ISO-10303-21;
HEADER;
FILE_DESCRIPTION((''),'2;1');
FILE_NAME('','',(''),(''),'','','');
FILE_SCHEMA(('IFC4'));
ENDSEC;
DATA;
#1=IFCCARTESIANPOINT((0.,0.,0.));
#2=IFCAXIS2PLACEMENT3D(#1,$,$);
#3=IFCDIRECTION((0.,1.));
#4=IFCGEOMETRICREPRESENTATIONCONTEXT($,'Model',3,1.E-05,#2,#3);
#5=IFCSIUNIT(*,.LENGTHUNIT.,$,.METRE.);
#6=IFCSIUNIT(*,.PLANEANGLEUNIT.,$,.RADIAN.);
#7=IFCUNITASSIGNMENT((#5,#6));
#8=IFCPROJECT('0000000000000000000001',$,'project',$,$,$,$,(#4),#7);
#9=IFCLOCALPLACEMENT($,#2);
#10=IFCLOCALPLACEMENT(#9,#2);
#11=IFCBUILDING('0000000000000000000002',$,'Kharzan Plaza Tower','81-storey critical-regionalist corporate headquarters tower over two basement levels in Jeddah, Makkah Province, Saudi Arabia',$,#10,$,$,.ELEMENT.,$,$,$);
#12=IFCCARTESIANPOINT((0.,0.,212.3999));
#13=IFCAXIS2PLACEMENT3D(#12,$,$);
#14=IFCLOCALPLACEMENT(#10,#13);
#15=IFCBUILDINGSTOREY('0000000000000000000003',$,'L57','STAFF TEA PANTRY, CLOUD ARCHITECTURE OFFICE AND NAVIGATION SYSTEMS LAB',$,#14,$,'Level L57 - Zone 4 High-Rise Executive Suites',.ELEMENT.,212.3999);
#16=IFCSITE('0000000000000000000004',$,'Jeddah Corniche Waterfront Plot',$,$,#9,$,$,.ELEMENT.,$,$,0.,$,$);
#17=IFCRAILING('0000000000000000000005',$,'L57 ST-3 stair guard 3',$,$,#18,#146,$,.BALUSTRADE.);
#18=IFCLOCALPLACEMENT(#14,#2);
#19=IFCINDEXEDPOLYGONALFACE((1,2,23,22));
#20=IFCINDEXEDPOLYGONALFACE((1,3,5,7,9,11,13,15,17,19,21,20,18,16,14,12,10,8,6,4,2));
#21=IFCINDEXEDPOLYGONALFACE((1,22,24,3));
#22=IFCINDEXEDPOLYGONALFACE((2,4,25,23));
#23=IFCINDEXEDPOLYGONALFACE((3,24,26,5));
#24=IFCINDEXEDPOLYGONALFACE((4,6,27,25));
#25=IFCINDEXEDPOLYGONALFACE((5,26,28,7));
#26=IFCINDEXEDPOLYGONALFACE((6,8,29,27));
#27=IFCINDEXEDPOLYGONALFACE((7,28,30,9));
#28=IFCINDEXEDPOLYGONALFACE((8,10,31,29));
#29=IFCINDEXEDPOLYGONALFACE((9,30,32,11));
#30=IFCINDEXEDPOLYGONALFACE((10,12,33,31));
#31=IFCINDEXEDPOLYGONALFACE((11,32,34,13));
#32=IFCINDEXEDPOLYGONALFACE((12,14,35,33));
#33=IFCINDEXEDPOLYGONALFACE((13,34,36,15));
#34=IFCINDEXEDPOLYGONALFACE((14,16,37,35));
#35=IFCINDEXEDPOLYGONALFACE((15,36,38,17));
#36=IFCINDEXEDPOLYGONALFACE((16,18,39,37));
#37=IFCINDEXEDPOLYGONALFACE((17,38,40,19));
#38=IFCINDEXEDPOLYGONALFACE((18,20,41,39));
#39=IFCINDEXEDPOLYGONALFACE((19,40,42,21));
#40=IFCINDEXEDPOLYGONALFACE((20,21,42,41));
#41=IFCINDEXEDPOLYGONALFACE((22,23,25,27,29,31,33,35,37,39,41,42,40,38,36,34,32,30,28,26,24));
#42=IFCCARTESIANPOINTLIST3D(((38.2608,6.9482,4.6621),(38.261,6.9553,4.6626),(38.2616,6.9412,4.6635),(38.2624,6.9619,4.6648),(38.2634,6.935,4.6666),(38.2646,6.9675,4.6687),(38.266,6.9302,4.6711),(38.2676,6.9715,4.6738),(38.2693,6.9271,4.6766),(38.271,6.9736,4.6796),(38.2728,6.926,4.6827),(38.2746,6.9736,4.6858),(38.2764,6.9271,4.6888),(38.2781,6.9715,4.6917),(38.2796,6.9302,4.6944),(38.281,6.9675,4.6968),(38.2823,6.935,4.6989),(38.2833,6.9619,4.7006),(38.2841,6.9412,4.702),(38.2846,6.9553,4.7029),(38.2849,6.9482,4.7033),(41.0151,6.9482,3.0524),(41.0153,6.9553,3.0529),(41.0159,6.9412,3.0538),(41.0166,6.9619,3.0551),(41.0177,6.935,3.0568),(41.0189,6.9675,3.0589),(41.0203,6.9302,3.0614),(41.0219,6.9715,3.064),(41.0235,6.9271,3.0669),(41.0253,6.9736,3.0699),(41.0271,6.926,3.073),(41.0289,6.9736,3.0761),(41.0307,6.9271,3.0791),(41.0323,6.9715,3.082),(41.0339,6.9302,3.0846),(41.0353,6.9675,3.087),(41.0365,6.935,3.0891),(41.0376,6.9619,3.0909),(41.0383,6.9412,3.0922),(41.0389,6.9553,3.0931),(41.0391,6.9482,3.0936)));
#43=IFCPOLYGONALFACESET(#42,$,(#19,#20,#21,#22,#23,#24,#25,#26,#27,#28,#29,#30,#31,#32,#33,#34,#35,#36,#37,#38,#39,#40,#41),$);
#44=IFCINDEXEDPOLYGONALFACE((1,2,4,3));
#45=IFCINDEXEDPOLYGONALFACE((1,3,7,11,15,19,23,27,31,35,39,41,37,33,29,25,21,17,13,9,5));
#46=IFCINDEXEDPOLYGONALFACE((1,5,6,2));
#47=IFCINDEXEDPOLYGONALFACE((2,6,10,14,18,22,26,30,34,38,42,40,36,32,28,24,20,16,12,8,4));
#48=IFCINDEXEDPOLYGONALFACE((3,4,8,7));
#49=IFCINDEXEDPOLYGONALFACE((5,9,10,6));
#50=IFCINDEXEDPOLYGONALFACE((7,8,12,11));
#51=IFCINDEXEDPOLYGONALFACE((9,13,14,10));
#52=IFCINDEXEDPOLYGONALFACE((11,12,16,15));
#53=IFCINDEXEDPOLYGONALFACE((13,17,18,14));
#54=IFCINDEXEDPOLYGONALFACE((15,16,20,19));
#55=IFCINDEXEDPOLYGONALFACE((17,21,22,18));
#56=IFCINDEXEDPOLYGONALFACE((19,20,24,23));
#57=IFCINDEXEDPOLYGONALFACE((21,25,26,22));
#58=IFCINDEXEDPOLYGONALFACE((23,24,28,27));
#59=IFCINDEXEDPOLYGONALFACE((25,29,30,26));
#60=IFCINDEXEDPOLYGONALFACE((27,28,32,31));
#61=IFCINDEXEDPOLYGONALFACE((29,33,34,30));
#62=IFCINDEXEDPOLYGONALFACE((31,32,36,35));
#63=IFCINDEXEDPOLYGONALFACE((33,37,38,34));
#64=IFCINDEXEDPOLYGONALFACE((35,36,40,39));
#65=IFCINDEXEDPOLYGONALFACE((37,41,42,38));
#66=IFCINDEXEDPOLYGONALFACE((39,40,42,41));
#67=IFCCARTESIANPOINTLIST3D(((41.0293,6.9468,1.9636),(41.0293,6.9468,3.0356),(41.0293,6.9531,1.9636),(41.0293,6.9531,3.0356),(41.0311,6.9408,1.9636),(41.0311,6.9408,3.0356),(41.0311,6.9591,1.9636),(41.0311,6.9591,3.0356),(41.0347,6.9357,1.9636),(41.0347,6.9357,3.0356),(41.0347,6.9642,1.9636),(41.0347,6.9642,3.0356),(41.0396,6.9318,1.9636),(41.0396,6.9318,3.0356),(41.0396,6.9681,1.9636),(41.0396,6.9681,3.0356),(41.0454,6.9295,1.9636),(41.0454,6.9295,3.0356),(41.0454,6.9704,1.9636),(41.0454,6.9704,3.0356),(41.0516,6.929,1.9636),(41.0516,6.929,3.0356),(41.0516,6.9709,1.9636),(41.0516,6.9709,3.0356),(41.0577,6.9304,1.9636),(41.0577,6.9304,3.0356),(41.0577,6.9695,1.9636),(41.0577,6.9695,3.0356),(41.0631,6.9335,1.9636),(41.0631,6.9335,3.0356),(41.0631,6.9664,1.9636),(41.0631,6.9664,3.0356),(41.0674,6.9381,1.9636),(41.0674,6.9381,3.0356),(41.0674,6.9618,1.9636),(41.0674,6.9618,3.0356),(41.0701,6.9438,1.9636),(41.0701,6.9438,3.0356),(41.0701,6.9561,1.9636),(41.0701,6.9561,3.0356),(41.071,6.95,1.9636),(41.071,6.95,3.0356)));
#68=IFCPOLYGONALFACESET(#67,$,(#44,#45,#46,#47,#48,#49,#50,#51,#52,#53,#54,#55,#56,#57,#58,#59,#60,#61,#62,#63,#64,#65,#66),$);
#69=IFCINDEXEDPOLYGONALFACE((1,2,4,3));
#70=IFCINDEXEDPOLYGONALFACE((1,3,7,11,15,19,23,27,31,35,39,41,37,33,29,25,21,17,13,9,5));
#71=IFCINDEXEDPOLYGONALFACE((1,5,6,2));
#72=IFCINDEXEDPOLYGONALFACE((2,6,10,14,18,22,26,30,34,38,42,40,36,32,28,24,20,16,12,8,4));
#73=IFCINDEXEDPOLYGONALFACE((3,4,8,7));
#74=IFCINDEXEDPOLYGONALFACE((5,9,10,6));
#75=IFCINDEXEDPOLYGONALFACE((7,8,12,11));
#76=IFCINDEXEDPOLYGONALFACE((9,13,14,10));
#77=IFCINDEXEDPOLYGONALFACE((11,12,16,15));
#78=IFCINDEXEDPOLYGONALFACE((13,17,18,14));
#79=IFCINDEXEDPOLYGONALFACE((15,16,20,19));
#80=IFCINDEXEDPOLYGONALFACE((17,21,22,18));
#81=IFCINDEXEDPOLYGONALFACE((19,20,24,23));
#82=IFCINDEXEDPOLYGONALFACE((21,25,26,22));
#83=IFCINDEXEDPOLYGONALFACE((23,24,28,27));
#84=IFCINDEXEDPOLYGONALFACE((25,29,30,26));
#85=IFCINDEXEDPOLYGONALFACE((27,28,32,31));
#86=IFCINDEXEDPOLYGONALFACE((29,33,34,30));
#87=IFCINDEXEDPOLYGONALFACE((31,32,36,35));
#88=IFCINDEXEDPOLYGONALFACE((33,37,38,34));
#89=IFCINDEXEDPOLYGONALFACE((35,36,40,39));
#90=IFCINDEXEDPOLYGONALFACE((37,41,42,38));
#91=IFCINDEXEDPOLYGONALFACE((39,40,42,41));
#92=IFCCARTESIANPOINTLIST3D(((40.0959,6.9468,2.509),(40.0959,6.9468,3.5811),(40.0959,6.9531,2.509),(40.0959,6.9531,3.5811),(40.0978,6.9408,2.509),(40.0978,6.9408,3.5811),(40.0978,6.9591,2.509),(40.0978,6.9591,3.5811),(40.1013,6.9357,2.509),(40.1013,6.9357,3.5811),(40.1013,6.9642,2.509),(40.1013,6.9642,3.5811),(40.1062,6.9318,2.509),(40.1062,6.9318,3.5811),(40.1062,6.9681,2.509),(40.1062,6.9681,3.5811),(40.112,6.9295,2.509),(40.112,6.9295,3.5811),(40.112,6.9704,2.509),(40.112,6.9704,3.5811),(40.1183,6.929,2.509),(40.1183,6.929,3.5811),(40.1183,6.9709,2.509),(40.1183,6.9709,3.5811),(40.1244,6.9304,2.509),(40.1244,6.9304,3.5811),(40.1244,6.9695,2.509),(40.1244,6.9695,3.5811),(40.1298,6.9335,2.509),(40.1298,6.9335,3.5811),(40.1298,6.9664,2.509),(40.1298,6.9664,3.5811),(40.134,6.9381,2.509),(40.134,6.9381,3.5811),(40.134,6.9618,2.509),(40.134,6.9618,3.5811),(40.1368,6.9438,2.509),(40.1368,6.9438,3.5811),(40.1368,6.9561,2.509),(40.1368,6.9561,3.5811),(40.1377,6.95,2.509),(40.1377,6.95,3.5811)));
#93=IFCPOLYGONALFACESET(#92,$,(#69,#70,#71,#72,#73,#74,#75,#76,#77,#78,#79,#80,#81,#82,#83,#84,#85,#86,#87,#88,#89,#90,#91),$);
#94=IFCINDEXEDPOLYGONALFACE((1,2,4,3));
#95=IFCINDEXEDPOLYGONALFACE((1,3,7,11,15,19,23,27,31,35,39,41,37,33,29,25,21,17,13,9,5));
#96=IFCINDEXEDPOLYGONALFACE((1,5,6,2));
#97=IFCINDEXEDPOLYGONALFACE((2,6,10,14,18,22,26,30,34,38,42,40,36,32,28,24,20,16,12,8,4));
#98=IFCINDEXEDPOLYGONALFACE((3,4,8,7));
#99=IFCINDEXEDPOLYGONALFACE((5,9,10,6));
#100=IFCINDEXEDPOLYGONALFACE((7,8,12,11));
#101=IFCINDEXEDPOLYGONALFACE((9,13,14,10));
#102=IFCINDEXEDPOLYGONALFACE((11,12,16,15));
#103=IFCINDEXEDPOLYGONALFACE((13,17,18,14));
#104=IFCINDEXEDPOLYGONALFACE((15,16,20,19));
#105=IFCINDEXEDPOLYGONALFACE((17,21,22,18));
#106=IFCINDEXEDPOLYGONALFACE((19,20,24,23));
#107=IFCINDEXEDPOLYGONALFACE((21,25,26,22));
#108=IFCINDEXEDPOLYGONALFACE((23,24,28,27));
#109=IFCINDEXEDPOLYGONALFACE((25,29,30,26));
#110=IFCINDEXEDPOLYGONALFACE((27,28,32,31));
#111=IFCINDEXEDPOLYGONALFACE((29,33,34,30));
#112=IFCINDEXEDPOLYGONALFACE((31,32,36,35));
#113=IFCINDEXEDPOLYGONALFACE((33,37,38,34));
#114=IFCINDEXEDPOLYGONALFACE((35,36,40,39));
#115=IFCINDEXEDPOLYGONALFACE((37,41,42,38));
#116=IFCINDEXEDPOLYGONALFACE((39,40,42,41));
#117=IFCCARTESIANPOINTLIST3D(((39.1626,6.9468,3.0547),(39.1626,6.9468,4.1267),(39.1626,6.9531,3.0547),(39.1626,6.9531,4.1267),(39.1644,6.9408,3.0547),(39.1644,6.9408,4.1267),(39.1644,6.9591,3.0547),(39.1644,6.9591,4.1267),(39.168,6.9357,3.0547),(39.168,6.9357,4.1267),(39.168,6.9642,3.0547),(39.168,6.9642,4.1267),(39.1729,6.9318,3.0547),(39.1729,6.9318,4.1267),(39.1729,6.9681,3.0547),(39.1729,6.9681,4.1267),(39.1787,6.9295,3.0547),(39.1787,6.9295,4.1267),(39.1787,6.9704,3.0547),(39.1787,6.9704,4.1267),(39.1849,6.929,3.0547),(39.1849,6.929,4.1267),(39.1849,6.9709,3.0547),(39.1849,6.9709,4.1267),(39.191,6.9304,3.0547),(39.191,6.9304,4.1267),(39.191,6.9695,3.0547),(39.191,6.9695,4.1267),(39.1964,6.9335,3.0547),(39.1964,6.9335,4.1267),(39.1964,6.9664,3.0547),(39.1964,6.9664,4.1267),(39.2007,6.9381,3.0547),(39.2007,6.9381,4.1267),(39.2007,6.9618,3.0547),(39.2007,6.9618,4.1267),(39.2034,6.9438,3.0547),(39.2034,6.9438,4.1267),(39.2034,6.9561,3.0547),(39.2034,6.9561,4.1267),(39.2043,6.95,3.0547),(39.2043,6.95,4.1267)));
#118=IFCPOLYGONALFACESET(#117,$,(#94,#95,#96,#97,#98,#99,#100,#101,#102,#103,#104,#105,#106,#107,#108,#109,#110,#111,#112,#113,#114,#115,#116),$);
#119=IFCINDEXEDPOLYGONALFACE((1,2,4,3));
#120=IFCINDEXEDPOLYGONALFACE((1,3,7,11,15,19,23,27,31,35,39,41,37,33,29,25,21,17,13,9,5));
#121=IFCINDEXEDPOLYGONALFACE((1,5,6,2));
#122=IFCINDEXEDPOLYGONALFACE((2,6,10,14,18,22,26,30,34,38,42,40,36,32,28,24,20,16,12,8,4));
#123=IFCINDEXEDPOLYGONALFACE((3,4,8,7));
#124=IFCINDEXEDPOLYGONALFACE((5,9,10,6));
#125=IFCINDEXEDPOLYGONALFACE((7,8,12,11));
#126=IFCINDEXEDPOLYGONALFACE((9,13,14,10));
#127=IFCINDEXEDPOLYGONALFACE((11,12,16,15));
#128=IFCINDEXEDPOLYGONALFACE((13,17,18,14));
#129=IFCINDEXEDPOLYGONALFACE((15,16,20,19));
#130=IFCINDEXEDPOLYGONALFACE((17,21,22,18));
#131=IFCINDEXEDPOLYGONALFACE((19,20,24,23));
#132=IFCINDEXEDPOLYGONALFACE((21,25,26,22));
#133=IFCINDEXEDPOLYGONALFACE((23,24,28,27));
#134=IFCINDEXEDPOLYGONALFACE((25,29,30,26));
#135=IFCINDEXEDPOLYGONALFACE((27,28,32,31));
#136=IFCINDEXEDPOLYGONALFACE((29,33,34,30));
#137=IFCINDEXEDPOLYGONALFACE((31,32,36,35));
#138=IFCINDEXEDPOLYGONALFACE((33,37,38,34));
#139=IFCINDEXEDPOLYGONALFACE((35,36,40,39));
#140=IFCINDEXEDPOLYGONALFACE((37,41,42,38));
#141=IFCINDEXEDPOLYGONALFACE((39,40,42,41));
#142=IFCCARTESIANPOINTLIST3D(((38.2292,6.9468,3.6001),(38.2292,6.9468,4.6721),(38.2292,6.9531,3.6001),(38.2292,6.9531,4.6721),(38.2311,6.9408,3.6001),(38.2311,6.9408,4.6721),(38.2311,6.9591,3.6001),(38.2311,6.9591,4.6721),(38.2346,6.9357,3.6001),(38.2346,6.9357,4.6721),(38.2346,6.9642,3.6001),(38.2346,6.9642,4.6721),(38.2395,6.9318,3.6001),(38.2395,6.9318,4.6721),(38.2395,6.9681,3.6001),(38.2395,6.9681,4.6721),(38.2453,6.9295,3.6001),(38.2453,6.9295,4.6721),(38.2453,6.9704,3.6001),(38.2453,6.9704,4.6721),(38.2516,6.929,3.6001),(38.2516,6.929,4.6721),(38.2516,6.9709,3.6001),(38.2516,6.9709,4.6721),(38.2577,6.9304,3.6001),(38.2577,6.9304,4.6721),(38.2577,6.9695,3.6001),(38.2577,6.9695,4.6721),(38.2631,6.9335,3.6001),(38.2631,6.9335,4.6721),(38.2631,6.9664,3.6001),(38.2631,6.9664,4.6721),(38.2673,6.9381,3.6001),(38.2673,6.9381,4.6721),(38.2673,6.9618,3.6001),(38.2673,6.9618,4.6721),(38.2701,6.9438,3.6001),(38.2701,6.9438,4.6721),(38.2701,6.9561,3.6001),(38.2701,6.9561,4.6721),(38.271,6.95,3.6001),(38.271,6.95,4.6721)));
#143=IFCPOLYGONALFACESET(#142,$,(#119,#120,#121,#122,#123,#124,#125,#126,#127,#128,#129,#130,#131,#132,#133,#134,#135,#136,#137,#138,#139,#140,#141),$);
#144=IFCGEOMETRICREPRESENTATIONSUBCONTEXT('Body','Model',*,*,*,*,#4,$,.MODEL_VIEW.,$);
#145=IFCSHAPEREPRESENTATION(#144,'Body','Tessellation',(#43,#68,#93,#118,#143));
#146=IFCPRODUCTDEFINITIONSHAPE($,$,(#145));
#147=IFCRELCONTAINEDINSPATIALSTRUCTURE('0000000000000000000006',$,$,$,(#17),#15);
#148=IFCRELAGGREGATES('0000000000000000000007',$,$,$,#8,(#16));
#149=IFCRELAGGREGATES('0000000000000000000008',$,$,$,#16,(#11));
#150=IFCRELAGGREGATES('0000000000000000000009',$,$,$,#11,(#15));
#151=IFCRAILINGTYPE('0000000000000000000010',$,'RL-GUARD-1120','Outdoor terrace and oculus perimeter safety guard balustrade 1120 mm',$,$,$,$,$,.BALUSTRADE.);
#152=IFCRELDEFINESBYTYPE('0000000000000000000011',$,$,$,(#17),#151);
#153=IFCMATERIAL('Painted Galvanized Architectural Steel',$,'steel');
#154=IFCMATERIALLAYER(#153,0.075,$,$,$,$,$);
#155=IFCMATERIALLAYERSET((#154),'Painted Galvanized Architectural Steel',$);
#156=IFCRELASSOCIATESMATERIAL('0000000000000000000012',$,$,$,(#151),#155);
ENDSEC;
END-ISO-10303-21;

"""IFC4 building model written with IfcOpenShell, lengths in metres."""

from ifc_helpers import new_model, si_unit, direction, frame, origin, origin_2d, place, context, subcontext, project, spatial, circle, extrude, source, transform, mapped, material, layer, layer_set, type_object, element, save


model = new_model("IFC4")

# Units and contexts
model_context = context("Model", 3, precision=1e-05, world=origin(), true_north=direction((0.0, 1.0)))
body_context = subcontext(model_context, "Body", "Model", "MODEL_VIEW")
ifc_project = project(units=[si_unit("LENGTHUNIT", "METRE"), si_unit("PLANEANGLEUNIT", "RADIAN")], contexts=[model_context])

# Site, building, storey
site_placement = place(None, origin())
site = spatial("IfcSite", under=ifc_project, at=site_placement, Name="Jeddah Corniche Waterfront Plot", CompositionType="ELEMENT", RefElevation=0.0)
building_placement = place(site_placement, origin())
building = spatial("IfcBuilding", under=site, at=building_placement, Name="Kharzan Plaza Tower", Description="81-storey critical-regionalist corporate headquarters tower over two basement levels in Jeddah, Makkah Province, Saudi Arabia", CompositionType="ELEMENT")
storey_placement = place(building_placement, frame((0.0, 0.0, 212.3999)))
storey = spatial("IfcBuildingStorey", under=building, at=storey_placement, Name="L57", Description="STAFF TEA PANTRY, CLOUD ARCHITECTURE OFFICE AND NAVIGATION SYSTEMS LAB", LongName="Level L57 - Zone 4 High-Rise Executive Suites", CompositionType="ELEMENT", Elevation=212.3999)

# Railing
ifc_material_1 = material(Name="Painted Galvanized Architectural Steel", Category="steel")
ifc_layer_1 = layer(ifc_material_1, 0.075)
ifc_layer_set_1 = layer_set([ifc_layer_1], Name="Painted Galvanized Architectural Steel")
railing_type_1 = type_object("IfcRailingType", Name="RL-GUARD-1120", Description="Outdoor terrace and oculus perimeter safety guard balustrade 1120 mm", PredefinedType="BALUSTRADE", material=ifc_layer_set_1)
shared_shape_1 = source(origin(), body_context, "Body", "SweptSolid", [
    extrude(circle(Radius=0.0239, at=origin_2d()), frame((-0.0229, 0.0, 1.1094), z_axis=(-0.863361, 0.0, 0.504587), x_axis=(0.0, -1.0, 0.0)), (0.0, 0.0, 1.0), 3.1902),
    extrude(circle(Radius=0.021, at=origin_2d()), origin(), (0.0, 0.0, 1.0), 1.072),
    extrude(circle(Radius=0.021, at=origin_2d()), frame((-0.9333, 0.0, 0.5454)), (0.0, 0.0, 1.0), 1.072),
    extrude(circle(Radius=0.021, at=origin_2d()), frame((-1.8667, 0.0, 1.0911)), (0.0, 0.0, 1.0), 1.072),
    extrude(circle(Radius=0.021, at=origin_2d()), frame((-2.8, 0.0, 1.6365)), (0.0, 0.0, 1.0), 1.072),
])
railing_1_placement = place(storey_placement, frame((41.05, 6.95, 1.9636)))
element("IfcRailing", 1, at=railing_1_placement, inside=storey, type_object=railing_type_1, Name="L57 ST-3 stair guard 3", PredefinedType="BALUSTRADE", context=body_context, shape_type="MappedRepresentation", body=[
    mapped(shared_shape_1, transform((0.0, 0.0, 0.0), x_axis=(1.0, 0.0, 0.0), y_axis=(0.0, 1.0, 0.0), z_axis=(0.0, 0.0, 1.0))),
])

save(model, "model.ifc")
